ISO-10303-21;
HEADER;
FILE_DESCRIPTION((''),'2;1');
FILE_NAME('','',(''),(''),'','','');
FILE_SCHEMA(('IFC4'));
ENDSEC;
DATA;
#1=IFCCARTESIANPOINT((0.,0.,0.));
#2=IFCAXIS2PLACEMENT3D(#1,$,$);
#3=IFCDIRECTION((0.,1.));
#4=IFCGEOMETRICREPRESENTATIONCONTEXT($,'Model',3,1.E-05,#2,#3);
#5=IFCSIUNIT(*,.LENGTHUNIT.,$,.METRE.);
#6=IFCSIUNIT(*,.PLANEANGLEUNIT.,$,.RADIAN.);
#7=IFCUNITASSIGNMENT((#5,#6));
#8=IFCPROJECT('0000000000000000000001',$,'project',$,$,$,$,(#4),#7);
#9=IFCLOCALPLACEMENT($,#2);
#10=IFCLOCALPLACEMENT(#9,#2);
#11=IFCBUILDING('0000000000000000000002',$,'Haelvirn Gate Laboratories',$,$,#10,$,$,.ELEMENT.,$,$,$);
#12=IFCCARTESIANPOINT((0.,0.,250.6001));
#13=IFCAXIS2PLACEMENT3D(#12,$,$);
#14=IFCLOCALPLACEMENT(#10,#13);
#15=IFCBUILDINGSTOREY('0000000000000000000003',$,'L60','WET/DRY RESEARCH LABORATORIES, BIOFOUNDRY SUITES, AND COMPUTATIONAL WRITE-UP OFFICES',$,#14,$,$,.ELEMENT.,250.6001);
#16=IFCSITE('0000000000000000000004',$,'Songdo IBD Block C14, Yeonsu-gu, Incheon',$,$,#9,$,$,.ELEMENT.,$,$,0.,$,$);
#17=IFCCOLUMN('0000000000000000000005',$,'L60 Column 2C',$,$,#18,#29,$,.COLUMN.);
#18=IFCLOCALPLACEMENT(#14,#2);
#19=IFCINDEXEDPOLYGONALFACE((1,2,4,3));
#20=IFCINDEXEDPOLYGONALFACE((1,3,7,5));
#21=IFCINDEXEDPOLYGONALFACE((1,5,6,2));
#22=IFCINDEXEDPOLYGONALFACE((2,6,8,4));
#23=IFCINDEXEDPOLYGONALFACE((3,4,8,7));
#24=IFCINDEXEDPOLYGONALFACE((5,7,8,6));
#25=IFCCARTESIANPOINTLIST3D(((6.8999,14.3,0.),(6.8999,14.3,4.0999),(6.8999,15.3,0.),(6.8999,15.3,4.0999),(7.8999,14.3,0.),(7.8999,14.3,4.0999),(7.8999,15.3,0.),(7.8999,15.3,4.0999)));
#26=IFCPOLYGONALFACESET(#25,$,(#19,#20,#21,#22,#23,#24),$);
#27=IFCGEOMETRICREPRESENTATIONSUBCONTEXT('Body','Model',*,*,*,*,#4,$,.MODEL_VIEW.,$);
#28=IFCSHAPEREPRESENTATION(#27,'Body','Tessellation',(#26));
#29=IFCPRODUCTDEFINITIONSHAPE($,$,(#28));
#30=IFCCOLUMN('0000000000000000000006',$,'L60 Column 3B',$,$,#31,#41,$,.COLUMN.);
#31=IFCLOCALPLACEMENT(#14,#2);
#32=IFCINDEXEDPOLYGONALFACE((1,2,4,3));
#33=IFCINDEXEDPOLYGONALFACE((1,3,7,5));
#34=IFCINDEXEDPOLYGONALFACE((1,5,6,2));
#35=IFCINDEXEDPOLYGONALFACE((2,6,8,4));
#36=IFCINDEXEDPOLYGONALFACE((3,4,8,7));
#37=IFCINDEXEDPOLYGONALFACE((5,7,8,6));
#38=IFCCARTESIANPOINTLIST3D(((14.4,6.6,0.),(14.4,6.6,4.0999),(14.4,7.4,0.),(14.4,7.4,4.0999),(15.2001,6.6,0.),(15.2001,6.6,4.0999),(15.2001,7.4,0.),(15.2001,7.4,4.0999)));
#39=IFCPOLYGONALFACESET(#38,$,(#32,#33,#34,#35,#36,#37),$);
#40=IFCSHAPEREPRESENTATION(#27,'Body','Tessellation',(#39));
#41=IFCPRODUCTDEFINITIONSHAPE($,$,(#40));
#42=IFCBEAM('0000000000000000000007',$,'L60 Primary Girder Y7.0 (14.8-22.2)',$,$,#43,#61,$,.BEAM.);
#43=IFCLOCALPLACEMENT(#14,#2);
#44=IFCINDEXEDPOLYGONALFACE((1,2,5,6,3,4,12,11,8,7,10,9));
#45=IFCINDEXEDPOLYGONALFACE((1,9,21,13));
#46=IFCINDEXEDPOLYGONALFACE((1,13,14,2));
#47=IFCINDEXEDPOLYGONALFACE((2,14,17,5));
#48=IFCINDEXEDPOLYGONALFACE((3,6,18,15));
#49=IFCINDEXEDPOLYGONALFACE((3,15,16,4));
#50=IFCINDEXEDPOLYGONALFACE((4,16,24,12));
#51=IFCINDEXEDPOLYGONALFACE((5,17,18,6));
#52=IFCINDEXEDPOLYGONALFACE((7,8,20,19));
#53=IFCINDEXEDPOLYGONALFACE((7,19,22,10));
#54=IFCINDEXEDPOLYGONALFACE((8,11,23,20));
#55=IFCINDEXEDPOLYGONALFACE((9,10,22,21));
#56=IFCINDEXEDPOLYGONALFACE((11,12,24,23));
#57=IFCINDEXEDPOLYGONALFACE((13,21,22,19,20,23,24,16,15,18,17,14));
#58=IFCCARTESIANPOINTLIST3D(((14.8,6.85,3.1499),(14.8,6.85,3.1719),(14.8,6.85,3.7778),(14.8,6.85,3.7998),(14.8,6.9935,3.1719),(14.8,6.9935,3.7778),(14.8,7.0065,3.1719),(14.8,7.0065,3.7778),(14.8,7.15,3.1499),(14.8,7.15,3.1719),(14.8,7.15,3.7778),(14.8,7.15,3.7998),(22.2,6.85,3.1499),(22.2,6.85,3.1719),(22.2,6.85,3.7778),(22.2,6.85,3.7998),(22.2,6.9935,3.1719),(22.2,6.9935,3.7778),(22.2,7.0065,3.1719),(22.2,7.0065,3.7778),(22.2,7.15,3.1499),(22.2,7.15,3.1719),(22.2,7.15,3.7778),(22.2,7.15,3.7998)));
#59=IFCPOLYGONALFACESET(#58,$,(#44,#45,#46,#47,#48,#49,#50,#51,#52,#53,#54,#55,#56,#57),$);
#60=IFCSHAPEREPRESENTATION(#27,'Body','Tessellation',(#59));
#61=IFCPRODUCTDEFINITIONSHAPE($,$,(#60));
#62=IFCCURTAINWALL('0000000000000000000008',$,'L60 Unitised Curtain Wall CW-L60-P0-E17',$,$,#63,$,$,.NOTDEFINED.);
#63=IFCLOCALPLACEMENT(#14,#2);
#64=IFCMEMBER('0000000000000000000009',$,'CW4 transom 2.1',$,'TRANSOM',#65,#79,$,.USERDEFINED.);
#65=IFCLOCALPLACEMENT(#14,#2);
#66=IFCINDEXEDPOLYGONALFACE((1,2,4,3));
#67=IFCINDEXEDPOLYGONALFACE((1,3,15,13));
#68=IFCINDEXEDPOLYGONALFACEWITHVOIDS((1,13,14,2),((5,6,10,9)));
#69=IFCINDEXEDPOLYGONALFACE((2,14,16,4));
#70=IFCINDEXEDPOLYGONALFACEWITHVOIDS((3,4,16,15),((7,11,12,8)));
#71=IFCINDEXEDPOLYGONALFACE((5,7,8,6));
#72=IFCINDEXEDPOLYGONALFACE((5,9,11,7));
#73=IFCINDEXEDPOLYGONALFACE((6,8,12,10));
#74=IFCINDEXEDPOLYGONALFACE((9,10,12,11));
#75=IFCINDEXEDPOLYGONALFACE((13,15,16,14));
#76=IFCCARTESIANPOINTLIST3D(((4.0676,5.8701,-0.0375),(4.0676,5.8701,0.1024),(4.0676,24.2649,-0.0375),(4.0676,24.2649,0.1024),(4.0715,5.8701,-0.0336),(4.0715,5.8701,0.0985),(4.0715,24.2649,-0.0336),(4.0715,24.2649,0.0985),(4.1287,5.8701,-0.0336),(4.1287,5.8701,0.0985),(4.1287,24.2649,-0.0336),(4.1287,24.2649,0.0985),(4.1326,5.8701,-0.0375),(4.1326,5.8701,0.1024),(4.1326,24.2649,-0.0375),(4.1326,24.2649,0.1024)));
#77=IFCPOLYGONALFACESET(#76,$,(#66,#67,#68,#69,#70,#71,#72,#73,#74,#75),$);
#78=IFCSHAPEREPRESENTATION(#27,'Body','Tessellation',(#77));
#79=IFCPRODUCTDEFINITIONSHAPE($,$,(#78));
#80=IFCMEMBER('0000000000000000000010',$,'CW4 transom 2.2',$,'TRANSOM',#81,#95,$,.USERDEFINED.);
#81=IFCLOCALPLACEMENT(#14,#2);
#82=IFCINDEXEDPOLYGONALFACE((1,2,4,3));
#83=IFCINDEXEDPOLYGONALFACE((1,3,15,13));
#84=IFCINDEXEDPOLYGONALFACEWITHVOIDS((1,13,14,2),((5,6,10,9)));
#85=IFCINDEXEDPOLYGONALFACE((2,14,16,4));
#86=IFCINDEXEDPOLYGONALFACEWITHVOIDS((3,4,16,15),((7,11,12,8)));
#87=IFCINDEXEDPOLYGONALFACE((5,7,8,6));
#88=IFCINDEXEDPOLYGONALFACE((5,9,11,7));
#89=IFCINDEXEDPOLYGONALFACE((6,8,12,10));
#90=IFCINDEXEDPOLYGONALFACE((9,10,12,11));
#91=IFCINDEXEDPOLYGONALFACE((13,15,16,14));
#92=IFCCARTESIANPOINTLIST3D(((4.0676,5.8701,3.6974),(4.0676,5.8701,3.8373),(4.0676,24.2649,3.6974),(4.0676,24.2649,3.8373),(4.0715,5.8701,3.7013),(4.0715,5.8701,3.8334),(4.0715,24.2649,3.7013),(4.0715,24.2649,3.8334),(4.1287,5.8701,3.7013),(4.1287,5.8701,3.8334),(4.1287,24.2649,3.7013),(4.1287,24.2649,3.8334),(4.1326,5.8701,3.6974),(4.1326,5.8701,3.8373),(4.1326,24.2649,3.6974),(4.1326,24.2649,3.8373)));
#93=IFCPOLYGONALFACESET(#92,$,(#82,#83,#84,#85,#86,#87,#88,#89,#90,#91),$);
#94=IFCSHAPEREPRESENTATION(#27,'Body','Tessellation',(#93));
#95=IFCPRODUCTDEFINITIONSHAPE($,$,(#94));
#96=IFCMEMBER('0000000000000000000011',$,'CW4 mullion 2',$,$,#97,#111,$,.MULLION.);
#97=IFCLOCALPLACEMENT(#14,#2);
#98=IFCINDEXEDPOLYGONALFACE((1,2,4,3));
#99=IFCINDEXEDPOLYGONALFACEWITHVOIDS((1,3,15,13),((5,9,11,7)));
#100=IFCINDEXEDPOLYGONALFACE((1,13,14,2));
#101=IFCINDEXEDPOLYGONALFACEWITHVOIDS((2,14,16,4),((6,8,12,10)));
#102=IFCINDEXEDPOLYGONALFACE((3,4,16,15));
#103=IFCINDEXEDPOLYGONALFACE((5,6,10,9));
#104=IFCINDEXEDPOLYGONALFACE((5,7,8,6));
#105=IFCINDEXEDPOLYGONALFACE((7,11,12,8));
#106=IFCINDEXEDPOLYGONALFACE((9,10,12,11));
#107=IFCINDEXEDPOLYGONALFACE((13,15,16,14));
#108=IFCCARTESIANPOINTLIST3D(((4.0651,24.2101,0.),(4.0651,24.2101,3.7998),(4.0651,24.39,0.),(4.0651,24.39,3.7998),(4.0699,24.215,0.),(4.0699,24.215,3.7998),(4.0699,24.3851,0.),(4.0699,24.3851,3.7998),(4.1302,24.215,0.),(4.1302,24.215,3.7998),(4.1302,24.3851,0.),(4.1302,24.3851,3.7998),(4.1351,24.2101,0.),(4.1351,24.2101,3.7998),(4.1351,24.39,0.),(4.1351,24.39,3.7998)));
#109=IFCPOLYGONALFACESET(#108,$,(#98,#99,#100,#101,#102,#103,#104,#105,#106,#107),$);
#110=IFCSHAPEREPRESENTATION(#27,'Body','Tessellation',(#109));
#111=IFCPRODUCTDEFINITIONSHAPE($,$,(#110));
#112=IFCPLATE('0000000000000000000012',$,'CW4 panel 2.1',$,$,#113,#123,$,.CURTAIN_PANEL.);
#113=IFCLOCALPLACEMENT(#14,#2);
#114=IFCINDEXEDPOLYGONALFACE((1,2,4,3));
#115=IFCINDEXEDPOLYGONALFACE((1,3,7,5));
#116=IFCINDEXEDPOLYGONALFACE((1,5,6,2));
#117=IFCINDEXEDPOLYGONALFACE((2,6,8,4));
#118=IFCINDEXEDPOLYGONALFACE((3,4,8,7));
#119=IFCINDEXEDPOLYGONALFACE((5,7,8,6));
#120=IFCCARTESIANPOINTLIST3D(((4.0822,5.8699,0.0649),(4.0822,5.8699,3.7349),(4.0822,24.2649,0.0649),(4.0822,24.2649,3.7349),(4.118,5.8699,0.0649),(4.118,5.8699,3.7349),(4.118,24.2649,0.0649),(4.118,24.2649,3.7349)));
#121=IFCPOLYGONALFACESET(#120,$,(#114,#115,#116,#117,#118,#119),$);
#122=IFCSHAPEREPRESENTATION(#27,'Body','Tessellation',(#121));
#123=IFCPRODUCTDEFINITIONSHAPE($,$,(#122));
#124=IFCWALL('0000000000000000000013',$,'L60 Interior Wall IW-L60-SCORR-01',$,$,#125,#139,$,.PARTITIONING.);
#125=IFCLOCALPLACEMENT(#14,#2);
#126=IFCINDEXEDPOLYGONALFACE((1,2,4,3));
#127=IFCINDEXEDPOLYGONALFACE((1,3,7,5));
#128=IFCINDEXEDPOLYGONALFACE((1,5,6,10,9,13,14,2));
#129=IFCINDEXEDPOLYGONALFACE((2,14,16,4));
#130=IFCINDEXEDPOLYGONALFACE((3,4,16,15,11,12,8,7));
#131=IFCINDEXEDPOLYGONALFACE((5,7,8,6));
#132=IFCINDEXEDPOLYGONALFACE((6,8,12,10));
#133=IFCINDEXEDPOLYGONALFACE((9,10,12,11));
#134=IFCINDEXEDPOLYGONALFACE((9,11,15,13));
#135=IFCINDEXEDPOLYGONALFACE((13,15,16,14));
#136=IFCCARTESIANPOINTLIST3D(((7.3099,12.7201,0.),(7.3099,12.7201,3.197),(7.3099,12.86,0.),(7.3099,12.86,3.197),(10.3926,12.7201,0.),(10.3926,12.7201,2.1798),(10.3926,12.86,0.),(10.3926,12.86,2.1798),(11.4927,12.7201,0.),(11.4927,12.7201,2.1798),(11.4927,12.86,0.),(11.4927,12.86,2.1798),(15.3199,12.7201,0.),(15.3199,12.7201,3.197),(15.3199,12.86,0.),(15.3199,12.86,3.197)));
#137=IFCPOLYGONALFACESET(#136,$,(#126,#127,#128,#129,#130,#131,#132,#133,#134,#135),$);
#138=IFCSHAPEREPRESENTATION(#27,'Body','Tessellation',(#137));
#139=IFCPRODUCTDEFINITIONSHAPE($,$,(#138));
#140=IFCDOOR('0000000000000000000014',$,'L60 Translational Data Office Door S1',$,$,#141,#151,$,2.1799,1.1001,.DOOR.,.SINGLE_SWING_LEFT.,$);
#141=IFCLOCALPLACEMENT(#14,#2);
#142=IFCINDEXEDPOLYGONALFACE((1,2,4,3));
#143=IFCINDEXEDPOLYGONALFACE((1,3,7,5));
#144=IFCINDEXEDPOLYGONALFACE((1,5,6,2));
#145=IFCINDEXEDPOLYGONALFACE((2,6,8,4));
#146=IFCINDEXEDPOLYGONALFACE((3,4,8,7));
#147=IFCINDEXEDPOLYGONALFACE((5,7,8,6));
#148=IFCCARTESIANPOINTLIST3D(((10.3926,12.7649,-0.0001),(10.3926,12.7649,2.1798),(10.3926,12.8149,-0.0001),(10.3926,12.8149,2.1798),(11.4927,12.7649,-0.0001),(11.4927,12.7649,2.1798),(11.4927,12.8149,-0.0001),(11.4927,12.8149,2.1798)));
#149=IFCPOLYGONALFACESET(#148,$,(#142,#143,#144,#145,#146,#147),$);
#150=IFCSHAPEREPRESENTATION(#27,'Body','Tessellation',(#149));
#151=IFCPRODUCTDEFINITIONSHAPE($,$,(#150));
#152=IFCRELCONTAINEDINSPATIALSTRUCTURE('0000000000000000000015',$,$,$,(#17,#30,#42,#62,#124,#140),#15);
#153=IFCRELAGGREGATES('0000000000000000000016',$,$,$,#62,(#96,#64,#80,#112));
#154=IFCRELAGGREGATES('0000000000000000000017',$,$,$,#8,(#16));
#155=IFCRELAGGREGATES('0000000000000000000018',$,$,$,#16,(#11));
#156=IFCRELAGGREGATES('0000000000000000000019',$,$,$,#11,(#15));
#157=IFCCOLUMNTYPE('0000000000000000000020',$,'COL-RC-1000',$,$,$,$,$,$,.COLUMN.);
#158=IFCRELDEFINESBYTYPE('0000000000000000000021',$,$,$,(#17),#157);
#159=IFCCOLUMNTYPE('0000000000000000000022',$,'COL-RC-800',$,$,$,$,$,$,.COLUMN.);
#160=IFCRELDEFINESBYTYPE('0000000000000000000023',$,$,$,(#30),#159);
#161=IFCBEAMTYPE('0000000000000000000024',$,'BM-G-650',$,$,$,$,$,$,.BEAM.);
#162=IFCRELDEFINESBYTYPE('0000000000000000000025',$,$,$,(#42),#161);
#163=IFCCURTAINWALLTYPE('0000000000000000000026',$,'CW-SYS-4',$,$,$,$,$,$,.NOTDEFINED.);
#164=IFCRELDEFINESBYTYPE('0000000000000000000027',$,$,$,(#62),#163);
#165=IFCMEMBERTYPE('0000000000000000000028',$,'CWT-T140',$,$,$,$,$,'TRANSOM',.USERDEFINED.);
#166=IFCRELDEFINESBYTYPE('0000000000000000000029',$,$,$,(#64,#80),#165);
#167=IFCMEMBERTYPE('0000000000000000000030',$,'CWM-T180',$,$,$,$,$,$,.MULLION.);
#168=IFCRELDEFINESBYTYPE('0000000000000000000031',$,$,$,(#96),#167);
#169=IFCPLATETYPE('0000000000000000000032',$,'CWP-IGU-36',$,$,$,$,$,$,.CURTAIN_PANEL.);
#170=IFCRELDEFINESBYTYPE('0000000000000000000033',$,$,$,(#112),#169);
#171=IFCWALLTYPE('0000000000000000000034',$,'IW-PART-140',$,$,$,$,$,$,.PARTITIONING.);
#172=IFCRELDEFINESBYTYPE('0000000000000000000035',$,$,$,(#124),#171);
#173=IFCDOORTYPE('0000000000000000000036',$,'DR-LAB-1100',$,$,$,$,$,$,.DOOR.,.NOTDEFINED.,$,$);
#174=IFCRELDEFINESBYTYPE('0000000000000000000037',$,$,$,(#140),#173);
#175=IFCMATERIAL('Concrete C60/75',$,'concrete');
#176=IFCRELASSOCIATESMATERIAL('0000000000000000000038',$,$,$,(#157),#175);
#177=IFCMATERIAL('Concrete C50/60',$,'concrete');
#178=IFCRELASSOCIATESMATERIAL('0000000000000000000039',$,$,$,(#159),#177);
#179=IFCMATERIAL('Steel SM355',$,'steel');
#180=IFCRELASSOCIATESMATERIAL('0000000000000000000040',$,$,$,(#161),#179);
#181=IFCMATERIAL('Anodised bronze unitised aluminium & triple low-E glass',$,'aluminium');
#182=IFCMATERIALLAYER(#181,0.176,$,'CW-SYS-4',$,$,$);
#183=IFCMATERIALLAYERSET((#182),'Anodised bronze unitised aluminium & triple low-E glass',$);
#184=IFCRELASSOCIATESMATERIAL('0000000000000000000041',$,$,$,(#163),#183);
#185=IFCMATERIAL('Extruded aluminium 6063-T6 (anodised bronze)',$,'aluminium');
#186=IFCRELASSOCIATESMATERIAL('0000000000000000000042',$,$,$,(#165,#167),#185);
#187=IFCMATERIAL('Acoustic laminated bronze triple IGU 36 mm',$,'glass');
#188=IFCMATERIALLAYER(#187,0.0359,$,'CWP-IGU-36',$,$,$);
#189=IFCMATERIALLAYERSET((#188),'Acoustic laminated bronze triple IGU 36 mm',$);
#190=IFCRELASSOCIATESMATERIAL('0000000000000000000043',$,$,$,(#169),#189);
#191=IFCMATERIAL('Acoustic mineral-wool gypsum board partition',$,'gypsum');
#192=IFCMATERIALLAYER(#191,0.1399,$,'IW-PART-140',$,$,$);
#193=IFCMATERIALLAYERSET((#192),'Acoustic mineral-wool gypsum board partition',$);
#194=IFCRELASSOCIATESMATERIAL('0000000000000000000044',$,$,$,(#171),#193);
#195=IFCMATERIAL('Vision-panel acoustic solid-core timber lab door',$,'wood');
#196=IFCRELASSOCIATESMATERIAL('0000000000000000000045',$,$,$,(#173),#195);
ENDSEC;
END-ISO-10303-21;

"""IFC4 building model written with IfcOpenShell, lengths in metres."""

from ifc_helpers import new_model, si_unit, direction, frame, frame_2d, origin, origin_2d, place, context, subcontext, project, spatial, rectangle, hollow_rectangle, i_section, extrude, source, transform, mapped, material, layer, layer_set, material_profile, profile_set, type_object, type_shapes, element, fill, aggregate, save


model = new_model("IFC4")

# Units and contexts
model_context = context("Model", 3, precision=1e-05, world=origin(), true_north=direction((0.0, 1.0)))
body_context = subcontext(model_context, "Body", "Model", "MODEL_VIEW")
ifc_project = project(units=[si_unit("LENGTHUNIT", "METRE"), si_unit("PLANEANGLEUNIT", "RADIAN")], contexts=[model_context])

# Site, building, storey
site_placement = place(None, origin())
site = spatial("IfcSite", under=ifc_project, at=site_placement, Name="Songdo IBD Block C14, Yeonsu-gu, Incheon", CompositionType="ELEMENT", RefElevation=0.0)
building_placement = place(site_placement, origin())
building = spatial("IfcBuilding", under=site, at=building_placement, Name="Haelvirn Gate Laboratories", CompositionType="ELEMENT")
storey_placement = place(building_placement, frame((0.0, 0.0, 250.6001)))
storey = spatial("IfcBuildingStorey", under=building, at=storey_placement, Name="L60", Description="WET/DRY RESEARCH LABORATORIES, BIOFOUNDRY SUITES, AND COMPUTATIONAL WRITE-UP OFFICES", CompositionType="ELEMENT", Elevation=250.6001)

# Columns
ifc_material_1 = material(Name="Concrete C60/75", Category="concrete")
ifc_material_profile_1 = material_profile(ifc_material_1, rectangle(XDim=1.0, YDim=1.0, at=origin_2d()), Name="RC-1000x1000")
ifc_profile_set_1 = profile_set([ifc_material_profile_1], Name="Concrete C60/75")
column_type_1 = type_object("IfcColumnType", Name="COL-RC-1000", PredefinedType="COLUMN", material=ifc_profile_set_1)
shared_shape_1 = source(origin(), body_context, "Body", "SweptSolid", [
    extrude(rectangle(XDim=1.0, YDim=1.0, at=origin_2d()), origin(), (0.0, 0.0, 1.0), 4.0999),
])
type_shapes(column_type_1, [shared_shape_1])
column_1_placement = place(storey_placement, frame((7.3999, 14.8, 0.0), z_axis=(0.0, 0.0, 1.0), x_axis=(1.0, 0.0, 0.0)))
element("IfcColumn", 1, at=column_1_placement, inside=storey, type_object=column_type_1, Name="L60 Column 2C", PredefinedType="COLUMN", context=body_context, shape_type="MappedRepresentation", body=[
    mapped(shared_shape_1, transform((0.0, 0.0, 0.0), scale=1.0)),
])
ifc_material_2 = material(Name="Concrete C50/60", Category="concrete")
ifc_material_profile_2 = material_profile(ifc_material_2, rectangle(XDim=0.8, YDim=0.8, at=origin_2d()), Name="RC-800x800")
ifc_profile_set_2 = profile_set([ifc_material_profile_2], Name="Concrete C50/60")
column_type_2 = type_object("IfcColumnType", Name="COL-RC-800", PredefinedType="COLUMN", material=ifc_profile_set_2)
shared_shape_2 = source(origin(), body_context, "Body", "SweptSolid", [
    extrude(rectangle(XDim=0.8, YDim=0.8, at=origin_2d()), origin(), (0.0, 0.0, 1.0), 4.0999),
])
type_shapes(column_type_2, [shared_shape_2])
column_2_placement = place(storey_placement, frame((14.8, 7.0, 0.0), z_axis=(0.0, 0.0, 1.0), x_axis=(1.0, 0.0, 0.0)))
element("IfcColumn", 2, at=column_2_placement, inside=storey, type_object=column_type_2, Name="L60 Column 3B", PredefinedType="COLUMN", context=body_context, shape_type="MappedRepresentation", body=[
    mapped(shared_shape_2, transform((0.0, 0.0, 0.0), scale=1.0)),
])

# Beam
ifc_material_3 = material(Name="Steel SM355", Category="steel")
ifc_material_profile_3 = material_profile(ifc_material_3, i_section(OverallWidth=0.3, OverallDepth=0.6499, WebThickness=0.0129, FlangeThickness=0.022, at=origin_2d()), Name="H-650x300x13x22")
ifc_profile_set_3 = profile_set([ifc_material_profile_3], Name="Steel SM355")
beam_type = type_object("IfcBeamType", Name="BM-G-650", PredefinedType="BEAM", material=ifc_profile_set_3)
shared_shape_3 = source(origin(), body_context, "Body", "SweptSolid", [
    extrude(i_section(OverallWidth=0.3, OverallDepth=0.6499, WebThickness=0.0129, FlangeThickness=0.022, at=origin_2d()), origin(), (0.0, 0.0, 1.0), 7.3999),
])
type_shapes(beam_type, [shared_shape_3])
beam_placement = place(storey_placement, frame((14.8, 7.0, 3.4749), z_axis=(1.0, 0.0, 0.0), x_axis=(0.0, 1.0, 0.0)))
element("IfcBeam", 3, at=beam_placement, inside=storey, type_object=beam_type, Name="L60 Primary Girder Y7.0 (14.8-22.2)", PredefinedType="BEAM", context=body_context, shape_type="MappedRepresentation", body=[
    mapped(shared_shape_3, transform((0.0, 0.0, 0.0), scale=1.0)),
])

# Curtain wall, members, plate
ifc_material_4 = material(Name="Anodised bronze unitised aluminium & triple low-E glass", Category="aluminium")
ifc_layer_1 = layer(ifc_material_4, 0.176, Name="CW-SYS-4")
ifc_layer_set_1 = layer_set([ifc_layer_1], Name="Anodised bronze unitised aluminium & triple low-E glass")
curtain_wall_type = type_object("IfcCurtainWallType", Name="CW-SYS-4", PredefinedType="NOTDEFINED", material=ifc_layer_set_1)
curtain_wall_placement = place(storey_placement, origin())
curtain_wall = element("IfcCurtainWall", 4, at=curtain_wall_placement, inside=storey, type_object=curtain_wall_type, Name="L60 Unitised Curtain Wall CW-L60-P0-E17", PredefinedType="NOTDEFINED")
ifc_material_5 = material(Name="Extruded aluminium 6063-T6 (anodised bronze)", Category="aluminium")
ifc_material_profile_4 = material_profile(ifc_material_5, hollow_rectangle(XDim=0.0649, YDim=0.1399, WallThickness=0.0039, at=origin_2d()), Name="CWT-140x65x4")
ifc_profile_set_4 = profile_set([ifc_material_profile_4], Name="Extruded aluminium 6063-T6 (anodised bronze)")
member_type_1 = type_object("IfcMemberType", Name="CWT-T140", ElementType="TRANSOM", PredefinedType="USERDEFINED", material=ifc_profile_set_4)
shared_shape_4 = source(origin(), body_context, "Body", "SweptSolid", [
    extrude(hollow_rectangle(XDim=0.0649, YDim=0.1399, WallThickness=0.0039, at=origin_2d()), origin(), (0.0, 0.0, 1.0), 18.3948),
])
type_shapes(member_type_1, [shared_shape_4])
member_1_placement = place(storey_placement, frame((4.1001, 24.2649, 0.0325), z_axis=(0.0, -1.0, 0.0), x_axis=(1.0, 0.0, 0.0)))
member_1 = element("IfcMember", 5, at=member_1_placement, type_object=member_type_1, Name="CW4 transom 2.1", ObjectType="TRANSOM", PredefinedType="USERDEFINED", context=body_context, shape_type="MappedRepresentation", body=[
    mapped(shared_shape_4, transform((0.0, 0.0, 0.0), scale=1.0)),
])
member_2_placement = place(storey_placement, frame((4.1001, 24.2649, 3.7673), z_axis=(0.0, -1.0, 0.0), x_axis=(1.0, 0.0, 0.0)))
member_2 = element("IfcMember", 6, at=member_2_placement, type_object=member_type_1, Name="CW4 transom 2.2", ObjectType="TRANSOM", PredefinedType="USERDEFINED", context=body_context, shape_type="MappedRepresentation", body=[
    mapped(shared_shape_4, transform((0.0, 0.0, 0.0), scale=1.0)),
])
ifc_material_profile_5 = material_profile(ifc_material_5, hollow_rectangle(XDim=0.0701, YDim=0.1799, WallThickness=0.0049, at=origin_2d()), Name="CWM-180x70x5")
ifc_profile_set_5 = profile_set([ifc_material_profile_5], Name="Extruded aluminium 6063-T6 (anodised bronze)")
member_type_2 = type_object("IfcMemberType", Name="CWM-T180", PredefinedType="MULLION", material=ifc_profile_set_5)
shared_shape_5 = source(origin(), body_context, "Body", "SweptSolid", [
    extrude(hollow_rectangle(XDim=0.0701, YDim=0.1799, WallThickness=0.0049, at=origin_2d()), origin(), (0.0, 0.0, 1.0), 3.7998),
])
type_shapes(member_type_2, [shared_shape_5])
member_3_placement = place(storey_placement, frame((4.1001, 24.3, 0.0), z_axis=(0.0, 0.0, 1.0), x_axis=(1.0, 0.0, 0.0)))
member_3 = element("IfcMember", 7, at=member_3_placement, type_object=member_type_2, Name="CW4 mullion 2", PredefinedType="MULLION", context=body_context, shape_type="MappedRepresentation", body=[
    mapped(shared_shape_5, transform((0.0, 0.0, 0.0), scale=1.0)),
])
ifc_material_6 = material(Name="Acoustic laminated bronze triple IGU 36 mm", Category="glass")
ifc_layer_2 = layer(ifc_material_6, 0.0359, Name="CWP-IGU-36")
ifc_layer_set_2 = layer_set([ifc_layer_2], Name="Acoustic laminated bronze triple IGU 36 mm")
plate_type = type_object("IfcPlateType", Name="CWP-IGU-36", PredefinedType="CURTAIN_PANEL", material=ifc_layer_set_2)
shared_shape_6 = source(origin(), body_context, "Body", "SweptSolid", [
    extrude(rectangle(XDim=18.395, YDim=0.0359, at=origin_2d()), origin(), (0.0, 0.0, 1.0), 3.6699),
])
type_shapes(plate_type, [shared_shape_6])
plate_placement = place(storey_placement, frame((4.1001, 15.0674, 0.0649), z_axis=(0.0, 0.0, 1.0), x_axis=(0.0, -1.0, 0.0)))
plate = element("IfcPlate", 8, at=plate_placement, type_object=plate_type, Name="CW4 panel 2.1", PredefinedType="CURTAIN_PANEL", context=body_context, shape_type="MappedRepresentation", body=[
    mapped(shared_shape_6, transform((0.0, 0.0, 0.0), scale=1.0)),
])
aggregate(curtain_wall, [member_3, member_1, member_2, plate])

# Wall, opening, door
ifc_material_7 = material(Name="Acoustic mineral-wool gypsum board partition", Category="gypsum")
ifc_layer_3 = layer(ifc_material_7, 0.1399, Name="IW-PART-140")
ifc_layer_set_3 = layer_set([ifc_layer_3], Name="Acoustic mineral-wool gypsum board partition")
wall_type_1 = type_object("IfcWallType", Name="IW-PART-140", PredefinedType="PARTITIONING", material=ifc_layer_set_3)
wall_1_placement = place(storey_placement, frame((7.3101, 12.79, 0.0), z_axis=(0.0, 0.0, 1.0), x_axis=(1.0, 0.0, 0.0)))
wall_1 = element("IfcWall", 9, at=wall_1_placement, inside=storey, type_object=wall_type_1, Name="L60 Interior Wall IW-L60-SCORR-01", PredefinedType="PARTITIONING", context=body_context, shape_type="SweptSolid", body=[
    extrude(rectangle(XDim=8.01, YDim=0.1399, at=frame_2d((4.0049, 0.0))), origin(), (0.0, 0.0, 1.0), 3.197),
])
opening_1_placement = place(wall_1_placement, frame((3.0825, 0.0, 0.0)))
opening_1 = element("IfcOpeningElement", 10, at=opening_1_placement, cuts=wall_1, PredefinedType="OPENING", context=body_context, shape_type="SweptSolid", body=[
    extrude(rectangle(XDim=1.1001, YDim=2.1799, at=frame_2d((0.55, 1.0898))), frame((0.0, 0.0801, 0.0), z_axis=(0.0, -1.0, 0.0), x_axis=(1.0, 0.0, 0.0)), (0.0, 0.0, 1.0), 0.1599),
])
ifc_material_8 = material(Name="Vision-panel acoustic solid-core timber lab door", Category="wood")
door_type_1 = type_object("IfcDoorType", Name="DR-LAB-1100", OperationType="NOTDEFINED", PredefinedType="DOOR", material=ifc_material_8)
shared_shape_7 = source(origin(), body_context, "Body", "SweptSolid", [
    extrude(rectangle(XDim=1.1001, YDim=2.1799, at=frame_2d((0.55, 1.0898))), frame((0.0, 0.0249, 0.0), z_axis=(0.0, -1.0, 0.0), x_axis=(1.0, 0.0, 0.0)), (0.0, 0.0, 1.0), 0.05),
])
type_shapes(door_type_1, [shared_shape_7])
door_1_placement = place(opening_1_placement, origin())
door_1 = element("IfcDoor", 11, at=door_1_placement, inside=storey, type_object=door_type_1, Name="L60 Translational Data Office Door S1", OperationType="SINGLE_SWING_LEFT", OverallHeight=2.1799, OverallWidth=1.1001, PredefinedType="DOOR", context=body_context, shape_type="MappedRepresentation", body=[
    mapped(shared_shape_7, transform((0.0, 0.0, 0.0), scale=1.0)),
])
fill(opening_1, door_1)

save(model, "model.ifc")
